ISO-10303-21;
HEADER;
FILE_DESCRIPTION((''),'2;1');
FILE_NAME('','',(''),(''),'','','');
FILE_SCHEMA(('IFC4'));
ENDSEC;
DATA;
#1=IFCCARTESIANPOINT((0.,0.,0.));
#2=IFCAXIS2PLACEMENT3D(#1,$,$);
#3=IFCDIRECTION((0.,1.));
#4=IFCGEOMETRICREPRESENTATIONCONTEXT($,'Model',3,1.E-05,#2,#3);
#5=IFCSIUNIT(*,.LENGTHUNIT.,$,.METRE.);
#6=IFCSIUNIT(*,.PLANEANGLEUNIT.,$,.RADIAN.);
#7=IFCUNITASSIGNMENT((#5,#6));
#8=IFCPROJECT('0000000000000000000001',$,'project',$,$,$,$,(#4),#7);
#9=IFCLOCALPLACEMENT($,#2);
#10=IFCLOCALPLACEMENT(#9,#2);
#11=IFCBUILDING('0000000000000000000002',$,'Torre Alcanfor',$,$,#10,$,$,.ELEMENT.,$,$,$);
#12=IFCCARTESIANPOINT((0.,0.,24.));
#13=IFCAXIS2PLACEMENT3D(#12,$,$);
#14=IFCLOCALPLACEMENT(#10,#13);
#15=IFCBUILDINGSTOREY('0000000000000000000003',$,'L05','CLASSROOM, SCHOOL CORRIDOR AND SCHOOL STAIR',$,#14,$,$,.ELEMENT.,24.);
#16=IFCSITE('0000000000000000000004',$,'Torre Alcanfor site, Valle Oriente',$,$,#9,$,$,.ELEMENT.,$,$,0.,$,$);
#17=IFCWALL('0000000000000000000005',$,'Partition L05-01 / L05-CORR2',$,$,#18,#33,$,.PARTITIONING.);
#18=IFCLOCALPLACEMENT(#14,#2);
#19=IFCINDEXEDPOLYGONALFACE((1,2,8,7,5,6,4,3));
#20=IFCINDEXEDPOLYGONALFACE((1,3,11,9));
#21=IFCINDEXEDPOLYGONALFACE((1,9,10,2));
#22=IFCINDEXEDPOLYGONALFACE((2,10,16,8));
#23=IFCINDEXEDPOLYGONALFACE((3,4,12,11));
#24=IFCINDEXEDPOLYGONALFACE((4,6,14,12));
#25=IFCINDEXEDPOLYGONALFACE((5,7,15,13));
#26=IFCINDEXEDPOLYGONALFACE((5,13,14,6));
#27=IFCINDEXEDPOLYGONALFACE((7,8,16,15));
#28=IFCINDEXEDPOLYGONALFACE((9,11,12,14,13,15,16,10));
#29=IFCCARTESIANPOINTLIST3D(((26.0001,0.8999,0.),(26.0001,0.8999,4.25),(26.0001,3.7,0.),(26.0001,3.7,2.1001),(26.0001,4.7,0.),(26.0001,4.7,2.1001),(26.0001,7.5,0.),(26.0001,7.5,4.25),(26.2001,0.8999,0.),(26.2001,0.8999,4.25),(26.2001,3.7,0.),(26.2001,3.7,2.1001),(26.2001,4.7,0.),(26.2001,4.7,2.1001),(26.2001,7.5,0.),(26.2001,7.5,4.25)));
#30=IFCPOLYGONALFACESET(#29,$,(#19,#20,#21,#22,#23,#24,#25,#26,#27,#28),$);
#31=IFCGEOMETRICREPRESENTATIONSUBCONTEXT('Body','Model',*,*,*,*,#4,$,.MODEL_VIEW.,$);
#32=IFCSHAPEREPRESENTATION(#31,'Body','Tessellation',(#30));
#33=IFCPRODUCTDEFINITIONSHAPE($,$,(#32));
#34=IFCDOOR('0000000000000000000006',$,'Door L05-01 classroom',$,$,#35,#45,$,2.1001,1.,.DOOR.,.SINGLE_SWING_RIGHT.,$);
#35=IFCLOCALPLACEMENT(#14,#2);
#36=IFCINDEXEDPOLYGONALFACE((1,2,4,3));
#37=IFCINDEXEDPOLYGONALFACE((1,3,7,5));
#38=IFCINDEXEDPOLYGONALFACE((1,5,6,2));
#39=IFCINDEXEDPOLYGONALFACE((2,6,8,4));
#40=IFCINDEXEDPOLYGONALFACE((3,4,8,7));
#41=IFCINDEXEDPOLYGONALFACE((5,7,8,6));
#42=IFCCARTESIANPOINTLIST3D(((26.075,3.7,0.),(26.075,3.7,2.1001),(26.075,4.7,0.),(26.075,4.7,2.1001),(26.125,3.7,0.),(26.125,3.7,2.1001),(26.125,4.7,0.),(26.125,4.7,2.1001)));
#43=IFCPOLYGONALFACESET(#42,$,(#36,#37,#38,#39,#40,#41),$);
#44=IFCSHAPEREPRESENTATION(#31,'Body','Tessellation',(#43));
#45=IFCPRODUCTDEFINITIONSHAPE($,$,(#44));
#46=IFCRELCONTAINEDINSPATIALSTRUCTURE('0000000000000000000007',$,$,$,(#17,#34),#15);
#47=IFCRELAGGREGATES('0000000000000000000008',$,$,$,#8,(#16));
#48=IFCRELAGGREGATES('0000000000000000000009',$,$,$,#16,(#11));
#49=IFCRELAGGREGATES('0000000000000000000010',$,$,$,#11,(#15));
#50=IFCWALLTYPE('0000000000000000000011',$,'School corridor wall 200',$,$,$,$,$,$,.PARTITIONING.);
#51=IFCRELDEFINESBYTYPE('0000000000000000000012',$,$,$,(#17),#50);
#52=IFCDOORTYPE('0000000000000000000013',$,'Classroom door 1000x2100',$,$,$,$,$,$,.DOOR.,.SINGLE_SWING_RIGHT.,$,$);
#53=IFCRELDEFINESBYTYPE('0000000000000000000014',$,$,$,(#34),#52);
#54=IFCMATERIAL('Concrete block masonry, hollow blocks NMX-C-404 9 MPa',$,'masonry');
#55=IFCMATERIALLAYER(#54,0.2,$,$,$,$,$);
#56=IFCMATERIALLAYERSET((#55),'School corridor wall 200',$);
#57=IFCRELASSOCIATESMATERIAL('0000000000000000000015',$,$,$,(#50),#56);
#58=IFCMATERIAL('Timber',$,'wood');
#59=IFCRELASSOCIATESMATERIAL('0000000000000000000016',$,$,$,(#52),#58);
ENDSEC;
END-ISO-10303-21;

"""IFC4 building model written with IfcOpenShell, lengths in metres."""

from ifc_helpers import new_model, si_unit, direction, frame, frame_2d, origin, place, context, subcontext, project, spatial, rectangle, extrude, material, layer, layer_set, type_object, element, fill, save


model = new_model("IFC4")

# Units and contexts
model_context = context("Model", 3, precision=1e-05, world=origin(), true_north=direction((0.0, 1.0)))
body_context = subcontext(model_context, "Body", "Model", "MODEL_VIEW")
ifc_project = project(units=[si_unit("LENGTHUNIT", "METRE"), si_unit("PLANEANGLEUNIT", "RADIAN")], contexts=[model_context])

# Site, building, storey
site_placement = place(None, origin())
site = spatial("IfcSite", under=ifc_project, at=site_placement, Name="Torre Alcanfor site, Valle Oriente", CompositionType="ELEMENT", RefElevation=0.0)
building_placement = place(site_placement, origin())
building = spatial("IfcBuilding", under=site, at=building_placement, Name="Torre Alcanfor", CompositionType="ELEMENT")
storey_placement = place(building_placement, frame((0.0, 0.0, 24.0)))
storey = spatial("IfcBuildingStorey", under=building, at=storey_placement, Name="L05", Description="CLASSROOM, SCHOOL CORRIDOR AND SCHOOL STAIR", CompositionType="ELEMENT", Elevation=24.0)

# Wall, opening, door
ifc_material_1 = material(Name="Concrete block masonry, hollow blocks NMX-C-404 9 MPa", Category="masonry")
ifc_layer_1 = layer(ifc_material_1, 0.2)
ifc_layer_set_1 = layer_set([ifc_layer_1], Name="School corridor wall 200")
wall_type_1 = type_object("IfcWallType", Name="School corridor wall 200", PredefinedType="PARTITIONING", material=ifc_layer_set_1)
wall_1_placement = place(storey_placement, frame((26.1001, 7.5, 0.0), z_axis=(0.0, 0.0, 1.0), x_axis=(0.0, -1.0, 0.0)))
wall_1 = element("IfcWall", 1, at=wall_1_placement, inside=storey, type_object=wall_type_1, Name="Partition L05-01 / L05-CORR2", PredefinedType="PARTITIONING", context=body_context, shape_type="SweptSolid", body=[
    extrude(rectangle(XDim=6.6001, YDim=0.2, at=frame_2d((3.3, 0.0))), origin(), (0.0, 0.0, 1.0), 4.25),
])
opening_placement = place(wall_1_placement, frame((2.8, 0.0, 0.0)))
opening = element("IfcOpeningElement", 2, at=opening_placement, cuts=wall_1, PredefinedType="OPENING", context=body_context, shape_type="SweptSolid", body=[
    extrude(rectangle(XDim=1.0, YDim=2.1001, at=frame_2d((0.5, 1.05))), frame((0.0, 0.1099, 0.0), z_axis=(0.0, -1.0, 0.0), x_axis=(1.0, 0.0, 0.0)), (0.0, 0.0, 1.0), 0.22),
])
ifc_material_2 = material(Name="Timber", Category="wood")
door_type = type_object("IfcDoorType", Name="Classroom door 1000x2100", OperationType="SINGLE_SWING_RIGHT", PredefinedType="DOOR", material=ifc_material_2)
door_placement = place(opening_placement, frame((1.0, 0.0, 0.0), z_axis=(0.0, 0.0, 1.0), x_axis=(-1.0, 0.0, 0.0)))
door = element("IfcDoor", 3, at=door_placement, inside=storey, type_object=door_type, Name="Door L05-01 classroom", OperationType="SINGLE_SWING_RIGHT", OverallHeight=2.1001, OverallWidth=1.0, PredefinedType="DOOR", context=body_context, shape_type="SweptSolid", body=[
    extrude(rectangle(XDim=1.0, YDim=2.1001, at=frame_2d((0.5, 1.05))), frame((0.0, 0.0251, 0.0), z_axis=(0.0, -1.0, 0.0), x_axis=(1.0, 0.0, 0.0)), (0.0, 0.0, 1.0), 0.05),
])
fill(opening, door)

save(model, "model.ifc")
